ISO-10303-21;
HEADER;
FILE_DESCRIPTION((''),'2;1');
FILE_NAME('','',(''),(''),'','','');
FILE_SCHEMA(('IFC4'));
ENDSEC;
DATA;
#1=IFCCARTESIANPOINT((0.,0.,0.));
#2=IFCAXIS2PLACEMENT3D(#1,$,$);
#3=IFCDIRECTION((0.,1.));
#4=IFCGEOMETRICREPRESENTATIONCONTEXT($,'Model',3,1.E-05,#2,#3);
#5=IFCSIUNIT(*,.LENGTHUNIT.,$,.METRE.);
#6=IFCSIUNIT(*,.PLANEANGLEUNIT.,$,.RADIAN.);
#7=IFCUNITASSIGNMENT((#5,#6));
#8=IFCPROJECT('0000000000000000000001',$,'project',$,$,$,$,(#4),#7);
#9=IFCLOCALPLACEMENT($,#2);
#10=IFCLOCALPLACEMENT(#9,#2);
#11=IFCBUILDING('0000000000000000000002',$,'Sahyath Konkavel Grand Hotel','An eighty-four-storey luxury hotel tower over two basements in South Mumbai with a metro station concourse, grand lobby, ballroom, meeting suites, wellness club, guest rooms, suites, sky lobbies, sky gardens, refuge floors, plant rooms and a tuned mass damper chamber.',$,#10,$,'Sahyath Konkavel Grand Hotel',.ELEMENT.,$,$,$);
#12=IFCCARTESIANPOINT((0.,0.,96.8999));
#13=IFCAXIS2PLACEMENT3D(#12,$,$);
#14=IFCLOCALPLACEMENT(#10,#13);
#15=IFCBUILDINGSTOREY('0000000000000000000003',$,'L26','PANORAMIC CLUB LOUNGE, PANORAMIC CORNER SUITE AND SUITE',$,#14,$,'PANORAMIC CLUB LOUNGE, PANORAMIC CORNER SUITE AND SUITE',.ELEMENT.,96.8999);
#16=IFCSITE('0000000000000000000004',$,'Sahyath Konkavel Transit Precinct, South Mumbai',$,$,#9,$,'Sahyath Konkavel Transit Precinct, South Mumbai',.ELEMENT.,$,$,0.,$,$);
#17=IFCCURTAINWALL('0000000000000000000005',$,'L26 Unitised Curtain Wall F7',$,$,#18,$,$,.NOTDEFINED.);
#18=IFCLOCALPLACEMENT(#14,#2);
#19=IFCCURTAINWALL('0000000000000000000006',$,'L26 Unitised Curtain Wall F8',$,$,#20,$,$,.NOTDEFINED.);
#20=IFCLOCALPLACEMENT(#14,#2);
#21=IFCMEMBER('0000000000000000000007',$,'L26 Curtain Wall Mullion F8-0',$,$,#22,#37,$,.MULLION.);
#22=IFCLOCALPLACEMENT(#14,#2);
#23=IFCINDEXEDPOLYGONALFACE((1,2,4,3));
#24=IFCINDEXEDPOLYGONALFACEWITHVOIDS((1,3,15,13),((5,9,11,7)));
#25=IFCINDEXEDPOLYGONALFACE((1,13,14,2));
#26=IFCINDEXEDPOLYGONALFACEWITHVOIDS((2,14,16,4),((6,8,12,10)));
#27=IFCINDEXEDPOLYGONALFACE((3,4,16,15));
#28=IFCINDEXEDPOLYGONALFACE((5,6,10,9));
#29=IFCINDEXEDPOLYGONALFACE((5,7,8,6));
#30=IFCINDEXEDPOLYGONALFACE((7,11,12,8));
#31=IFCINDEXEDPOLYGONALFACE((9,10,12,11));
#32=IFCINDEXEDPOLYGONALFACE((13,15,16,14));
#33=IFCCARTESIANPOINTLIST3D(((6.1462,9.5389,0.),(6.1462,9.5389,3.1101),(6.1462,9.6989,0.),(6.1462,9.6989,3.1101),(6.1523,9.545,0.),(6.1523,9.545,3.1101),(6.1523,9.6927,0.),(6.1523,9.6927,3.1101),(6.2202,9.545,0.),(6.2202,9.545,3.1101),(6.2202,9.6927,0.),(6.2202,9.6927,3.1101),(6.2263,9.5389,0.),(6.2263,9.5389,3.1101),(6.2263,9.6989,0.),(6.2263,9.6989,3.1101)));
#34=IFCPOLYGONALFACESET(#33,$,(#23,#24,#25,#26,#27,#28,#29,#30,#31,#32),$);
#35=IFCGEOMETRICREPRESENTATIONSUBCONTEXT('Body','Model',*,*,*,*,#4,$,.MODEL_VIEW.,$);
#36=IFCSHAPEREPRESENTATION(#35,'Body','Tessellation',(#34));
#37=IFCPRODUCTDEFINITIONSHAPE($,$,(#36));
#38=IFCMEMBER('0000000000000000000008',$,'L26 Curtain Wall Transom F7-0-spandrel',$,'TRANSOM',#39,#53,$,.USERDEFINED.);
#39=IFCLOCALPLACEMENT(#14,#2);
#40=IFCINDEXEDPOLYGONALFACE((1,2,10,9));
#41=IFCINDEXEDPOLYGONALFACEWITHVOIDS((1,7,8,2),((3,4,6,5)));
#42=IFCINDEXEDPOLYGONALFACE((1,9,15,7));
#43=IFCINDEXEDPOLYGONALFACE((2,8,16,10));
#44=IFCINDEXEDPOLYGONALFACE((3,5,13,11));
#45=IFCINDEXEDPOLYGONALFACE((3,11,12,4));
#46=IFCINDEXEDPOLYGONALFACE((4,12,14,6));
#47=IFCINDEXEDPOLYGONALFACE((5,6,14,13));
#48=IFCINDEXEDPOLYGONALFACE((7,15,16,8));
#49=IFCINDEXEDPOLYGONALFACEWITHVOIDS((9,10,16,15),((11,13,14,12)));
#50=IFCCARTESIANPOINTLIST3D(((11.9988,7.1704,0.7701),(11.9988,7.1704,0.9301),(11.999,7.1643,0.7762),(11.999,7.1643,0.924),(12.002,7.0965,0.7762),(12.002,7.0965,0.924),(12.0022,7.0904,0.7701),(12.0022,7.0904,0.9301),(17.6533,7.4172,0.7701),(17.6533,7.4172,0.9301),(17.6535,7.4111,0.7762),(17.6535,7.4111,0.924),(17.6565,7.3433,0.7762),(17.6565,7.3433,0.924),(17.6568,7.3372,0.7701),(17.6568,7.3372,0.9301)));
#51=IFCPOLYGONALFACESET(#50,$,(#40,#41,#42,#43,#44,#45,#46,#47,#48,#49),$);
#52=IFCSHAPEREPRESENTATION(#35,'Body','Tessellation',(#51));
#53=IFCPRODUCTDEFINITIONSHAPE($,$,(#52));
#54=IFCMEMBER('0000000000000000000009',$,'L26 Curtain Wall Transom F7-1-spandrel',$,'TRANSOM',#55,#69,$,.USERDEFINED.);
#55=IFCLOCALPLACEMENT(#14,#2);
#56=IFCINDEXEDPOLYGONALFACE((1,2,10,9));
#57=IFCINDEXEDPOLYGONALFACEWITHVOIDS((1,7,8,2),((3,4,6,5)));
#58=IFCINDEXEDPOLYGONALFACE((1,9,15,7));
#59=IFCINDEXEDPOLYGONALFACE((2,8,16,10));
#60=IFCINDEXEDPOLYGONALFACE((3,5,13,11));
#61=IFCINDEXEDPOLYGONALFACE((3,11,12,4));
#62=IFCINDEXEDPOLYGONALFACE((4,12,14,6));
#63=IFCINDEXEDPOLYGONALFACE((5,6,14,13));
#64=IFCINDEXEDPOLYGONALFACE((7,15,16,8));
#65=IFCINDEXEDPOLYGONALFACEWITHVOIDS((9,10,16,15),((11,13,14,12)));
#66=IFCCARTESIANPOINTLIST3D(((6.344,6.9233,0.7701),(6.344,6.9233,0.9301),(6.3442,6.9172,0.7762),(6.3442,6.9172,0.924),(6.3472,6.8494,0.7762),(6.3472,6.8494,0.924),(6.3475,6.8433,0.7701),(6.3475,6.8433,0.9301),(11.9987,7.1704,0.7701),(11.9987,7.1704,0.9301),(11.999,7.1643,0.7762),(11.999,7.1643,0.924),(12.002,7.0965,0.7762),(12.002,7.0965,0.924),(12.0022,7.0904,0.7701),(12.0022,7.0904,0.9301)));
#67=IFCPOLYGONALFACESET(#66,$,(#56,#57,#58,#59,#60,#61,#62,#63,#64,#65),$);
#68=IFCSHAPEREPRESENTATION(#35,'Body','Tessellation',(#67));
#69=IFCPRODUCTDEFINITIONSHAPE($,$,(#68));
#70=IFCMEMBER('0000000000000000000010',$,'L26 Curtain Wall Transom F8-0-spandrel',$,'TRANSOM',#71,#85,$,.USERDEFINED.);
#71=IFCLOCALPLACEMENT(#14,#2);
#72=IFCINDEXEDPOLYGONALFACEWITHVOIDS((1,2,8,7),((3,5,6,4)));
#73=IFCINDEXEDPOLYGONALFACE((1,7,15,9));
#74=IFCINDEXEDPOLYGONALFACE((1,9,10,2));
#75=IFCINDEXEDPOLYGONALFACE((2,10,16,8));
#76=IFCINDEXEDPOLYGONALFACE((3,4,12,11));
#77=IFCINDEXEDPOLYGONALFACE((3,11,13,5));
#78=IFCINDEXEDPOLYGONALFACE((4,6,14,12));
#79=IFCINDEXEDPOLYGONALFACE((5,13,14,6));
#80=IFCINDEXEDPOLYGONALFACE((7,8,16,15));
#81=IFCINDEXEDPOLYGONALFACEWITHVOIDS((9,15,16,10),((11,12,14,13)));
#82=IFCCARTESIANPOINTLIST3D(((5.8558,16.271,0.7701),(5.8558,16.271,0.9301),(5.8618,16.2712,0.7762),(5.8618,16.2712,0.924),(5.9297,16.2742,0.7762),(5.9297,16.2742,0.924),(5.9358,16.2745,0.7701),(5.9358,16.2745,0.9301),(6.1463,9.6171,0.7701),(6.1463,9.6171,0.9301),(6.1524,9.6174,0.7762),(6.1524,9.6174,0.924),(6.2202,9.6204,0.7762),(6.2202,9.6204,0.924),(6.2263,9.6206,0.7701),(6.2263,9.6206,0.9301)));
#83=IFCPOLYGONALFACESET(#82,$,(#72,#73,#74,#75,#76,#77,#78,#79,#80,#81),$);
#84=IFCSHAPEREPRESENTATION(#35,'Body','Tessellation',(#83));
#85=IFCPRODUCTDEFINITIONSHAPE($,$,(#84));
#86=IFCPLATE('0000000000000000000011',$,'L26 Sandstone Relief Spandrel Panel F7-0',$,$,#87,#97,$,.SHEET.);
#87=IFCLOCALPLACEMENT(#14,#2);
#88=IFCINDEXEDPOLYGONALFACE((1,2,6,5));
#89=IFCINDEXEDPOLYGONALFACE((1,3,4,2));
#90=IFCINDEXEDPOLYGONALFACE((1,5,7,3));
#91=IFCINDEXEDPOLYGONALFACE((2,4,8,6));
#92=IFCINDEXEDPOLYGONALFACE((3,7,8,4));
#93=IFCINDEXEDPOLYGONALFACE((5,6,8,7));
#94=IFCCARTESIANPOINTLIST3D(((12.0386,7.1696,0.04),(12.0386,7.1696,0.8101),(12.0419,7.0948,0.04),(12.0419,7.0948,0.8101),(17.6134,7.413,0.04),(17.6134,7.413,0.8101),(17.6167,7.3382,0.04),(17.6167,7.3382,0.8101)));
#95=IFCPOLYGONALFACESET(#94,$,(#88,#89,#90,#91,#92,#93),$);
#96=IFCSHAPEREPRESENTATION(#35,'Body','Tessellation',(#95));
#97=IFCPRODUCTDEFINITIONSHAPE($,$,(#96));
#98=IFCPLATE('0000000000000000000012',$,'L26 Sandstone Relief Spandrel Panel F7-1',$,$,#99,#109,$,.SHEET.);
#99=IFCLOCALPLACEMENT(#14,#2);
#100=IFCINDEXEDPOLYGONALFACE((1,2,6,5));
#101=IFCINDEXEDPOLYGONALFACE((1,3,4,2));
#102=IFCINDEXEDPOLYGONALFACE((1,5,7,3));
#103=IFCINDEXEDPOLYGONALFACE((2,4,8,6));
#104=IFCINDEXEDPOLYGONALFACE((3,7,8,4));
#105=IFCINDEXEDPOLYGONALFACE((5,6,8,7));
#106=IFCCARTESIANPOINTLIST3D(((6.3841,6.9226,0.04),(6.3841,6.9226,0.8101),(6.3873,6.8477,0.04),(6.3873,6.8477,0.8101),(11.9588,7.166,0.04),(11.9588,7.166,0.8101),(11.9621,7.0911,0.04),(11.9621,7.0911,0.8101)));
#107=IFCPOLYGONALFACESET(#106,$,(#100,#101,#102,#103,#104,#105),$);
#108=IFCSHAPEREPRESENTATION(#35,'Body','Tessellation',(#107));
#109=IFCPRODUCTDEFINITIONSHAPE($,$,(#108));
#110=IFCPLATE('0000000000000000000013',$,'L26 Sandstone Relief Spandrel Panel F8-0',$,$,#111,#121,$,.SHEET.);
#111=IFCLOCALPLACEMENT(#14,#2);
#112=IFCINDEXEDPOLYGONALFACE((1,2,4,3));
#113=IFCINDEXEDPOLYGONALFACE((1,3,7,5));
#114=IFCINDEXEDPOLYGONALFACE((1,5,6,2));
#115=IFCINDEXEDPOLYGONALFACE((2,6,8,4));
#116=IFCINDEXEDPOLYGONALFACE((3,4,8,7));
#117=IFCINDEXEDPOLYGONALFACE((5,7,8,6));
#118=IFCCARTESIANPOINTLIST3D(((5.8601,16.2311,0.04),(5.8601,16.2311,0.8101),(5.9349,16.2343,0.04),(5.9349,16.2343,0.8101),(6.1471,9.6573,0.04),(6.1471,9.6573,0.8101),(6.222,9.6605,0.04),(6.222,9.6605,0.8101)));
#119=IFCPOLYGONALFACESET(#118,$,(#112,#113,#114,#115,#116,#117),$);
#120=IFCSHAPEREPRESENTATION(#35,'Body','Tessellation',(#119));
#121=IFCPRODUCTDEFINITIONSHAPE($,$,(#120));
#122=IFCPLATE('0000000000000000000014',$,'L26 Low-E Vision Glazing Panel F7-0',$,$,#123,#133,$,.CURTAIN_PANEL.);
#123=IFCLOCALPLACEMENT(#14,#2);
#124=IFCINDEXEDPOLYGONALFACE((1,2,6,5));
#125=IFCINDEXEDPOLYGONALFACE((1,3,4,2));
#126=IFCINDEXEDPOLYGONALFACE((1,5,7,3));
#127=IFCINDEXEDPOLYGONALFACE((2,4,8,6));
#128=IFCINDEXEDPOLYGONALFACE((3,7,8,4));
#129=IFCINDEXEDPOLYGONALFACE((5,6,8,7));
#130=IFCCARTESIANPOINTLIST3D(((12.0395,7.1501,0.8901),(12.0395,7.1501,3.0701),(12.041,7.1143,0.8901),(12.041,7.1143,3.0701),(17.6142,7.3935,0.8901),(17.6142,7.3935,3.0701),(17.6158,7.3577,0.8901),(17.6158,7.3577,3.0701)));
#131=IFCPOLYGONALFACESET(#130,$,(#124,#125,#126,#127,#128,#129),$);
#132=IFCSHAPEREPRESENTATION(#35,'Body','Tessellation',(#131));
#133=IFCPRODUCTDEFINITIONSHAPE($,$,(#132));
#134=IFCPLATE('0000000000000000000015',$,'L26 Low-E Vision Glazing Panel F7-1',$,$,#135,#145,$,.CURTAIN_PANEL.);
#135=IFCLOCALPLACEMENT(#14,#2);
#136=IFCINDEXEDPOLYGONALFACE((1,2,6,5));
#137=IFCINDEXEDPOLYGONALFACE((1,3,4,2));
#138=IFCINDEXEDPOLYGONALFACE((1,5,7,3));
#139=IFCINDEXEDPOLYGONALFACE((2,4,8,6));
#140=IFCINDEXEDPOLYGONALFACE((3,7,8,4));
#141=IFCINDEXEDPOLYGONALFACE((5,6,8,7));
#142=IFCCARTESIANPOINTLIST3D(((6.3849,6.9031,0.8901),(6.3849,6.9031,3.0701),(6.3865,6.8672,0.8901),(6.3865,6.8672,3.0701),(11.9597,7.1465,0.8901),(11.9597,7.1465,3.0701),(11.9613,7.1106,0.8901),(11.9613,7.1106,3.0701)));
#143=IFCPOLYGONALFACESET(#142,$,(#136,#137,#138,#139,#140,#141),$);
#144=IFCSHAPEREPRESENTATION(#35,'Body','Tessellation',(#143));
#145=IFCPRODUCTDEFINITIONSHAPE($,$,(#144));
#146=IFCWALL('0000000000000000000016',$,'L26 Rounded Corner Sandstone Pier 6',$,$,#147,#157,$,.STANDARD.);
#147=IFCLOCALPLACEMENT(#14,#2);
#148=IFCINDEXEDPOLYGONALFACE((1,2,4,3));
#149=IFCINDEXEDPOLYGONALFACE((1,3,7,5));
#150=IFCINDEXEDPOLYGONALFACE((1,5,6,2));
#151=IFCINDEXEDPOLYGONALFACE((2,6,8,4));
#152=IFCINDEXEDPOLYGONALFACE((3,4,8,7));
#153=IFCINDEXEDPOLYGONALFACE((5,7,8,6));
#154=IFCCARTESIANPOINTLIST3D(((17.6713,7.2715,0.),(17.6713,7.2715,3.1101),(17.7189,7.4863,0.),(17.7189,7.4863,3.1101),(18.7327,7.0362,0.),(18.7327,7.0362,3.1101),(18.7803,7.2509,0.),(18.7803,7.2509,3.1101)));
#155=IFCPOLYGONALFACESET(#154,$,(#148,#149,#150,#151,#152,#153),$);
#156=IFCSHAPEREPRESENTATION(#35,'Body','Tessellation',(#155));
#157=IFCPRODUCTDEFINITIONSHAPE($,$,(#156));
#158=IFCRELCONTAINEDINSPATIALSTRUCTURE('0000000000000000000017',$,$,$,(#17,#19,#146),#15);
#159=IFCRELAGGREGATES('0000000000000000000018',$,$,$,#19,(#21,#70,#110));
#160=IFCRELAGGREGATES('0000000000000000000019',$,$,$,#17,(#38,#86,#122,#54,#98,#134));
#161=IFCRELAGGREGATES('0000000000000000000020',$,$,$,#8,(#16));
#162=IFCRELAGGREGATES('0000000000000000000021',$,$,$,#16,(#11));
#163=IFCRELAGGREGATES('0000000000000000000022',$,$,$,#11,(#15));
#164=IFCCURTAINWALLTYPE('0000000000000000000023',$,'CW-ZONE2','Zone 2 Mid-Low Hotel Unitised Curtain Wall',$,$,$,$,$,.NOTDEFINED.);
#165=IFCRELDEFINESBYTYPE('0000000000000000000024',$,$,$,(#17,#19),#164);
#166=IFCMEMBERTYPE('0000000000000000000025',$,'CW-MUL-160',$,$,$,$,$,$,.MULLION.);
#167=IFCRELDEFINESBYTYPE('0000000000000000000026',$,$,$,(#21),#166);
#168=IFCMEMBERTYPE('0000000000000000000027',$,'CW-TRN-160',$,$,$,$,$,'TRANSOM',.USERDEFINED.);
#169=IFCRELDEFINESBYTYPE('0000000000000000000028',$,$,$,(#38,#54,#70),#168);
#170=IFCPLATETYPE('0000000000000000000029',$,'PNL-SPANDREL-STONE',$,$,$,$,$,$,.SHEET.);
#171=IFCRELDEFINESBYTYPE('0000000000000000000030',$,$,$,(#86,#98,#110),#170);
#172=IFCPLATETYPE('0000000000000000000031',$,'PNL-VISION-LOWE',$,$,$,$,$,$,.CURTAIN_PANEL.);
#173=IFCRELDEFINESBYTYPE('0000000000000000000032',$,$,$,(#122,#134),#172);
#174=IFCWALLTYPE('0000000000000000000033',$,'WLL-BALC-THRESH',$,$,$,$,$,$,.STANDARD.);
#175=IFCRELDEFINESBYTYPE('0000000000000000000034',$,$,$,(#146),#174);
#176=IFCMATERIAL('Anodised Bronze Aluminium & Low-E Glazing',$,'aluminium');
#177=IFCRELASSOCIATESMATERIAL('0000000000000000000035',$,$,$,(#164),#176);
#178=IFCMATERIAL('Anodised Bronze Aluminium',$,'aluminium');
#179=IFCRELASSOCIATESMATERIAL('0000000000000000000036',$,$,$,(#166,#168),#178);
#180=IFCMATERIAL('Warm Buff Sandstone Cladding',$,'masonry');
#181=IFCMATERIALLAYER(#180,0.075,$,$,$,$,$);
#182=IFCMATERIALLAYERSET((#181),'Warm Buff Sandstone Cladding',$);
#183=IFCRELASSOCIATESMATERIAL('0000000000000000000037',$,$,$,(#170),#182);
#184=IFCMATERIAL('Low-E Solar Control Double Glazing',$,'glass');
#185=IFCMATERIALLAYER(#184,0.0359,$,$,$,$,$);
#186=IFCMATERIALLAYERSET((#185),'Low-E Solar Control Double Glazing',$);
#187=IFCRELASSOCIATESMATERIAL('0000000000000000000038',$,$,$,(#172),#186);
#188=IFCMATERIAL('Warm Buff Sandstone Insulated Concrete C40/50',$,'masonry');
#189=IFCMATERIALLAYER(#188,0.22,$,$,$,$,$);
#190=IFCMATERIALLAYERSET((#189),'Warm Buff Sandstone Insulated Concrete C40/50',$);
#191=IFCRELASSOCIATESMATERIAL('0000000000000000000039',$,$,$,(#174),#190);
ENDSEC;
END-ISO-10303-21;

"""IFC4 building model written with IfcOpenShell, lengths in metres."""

from ifc_helpers import new_model, si_unit, direction, frame, frame_2d, origin, origin_2d, place, context, subcontext, project, spatial, rectangle, hollow_rectangle, extrude, source, transform, mapped, material, layer, layer_set, material_profile, profile_set, type_object, element, aggregate, save


model = new_model("IFC4")

# Units and contexts
model_context = context("Model", 3, precision=1e-05, world=origin(), true_north=direction((0.0, 1.0)))
body_context = subcontext(model_context, "Body", "Model", "MODEL_VIEW")
ifc_project = project(units=[si_unit("LENGTHUNIT", "METRE"), si_unit("PLANEANGLEUNIT", "RADIAN")], contexts=[model_context])

# Site, building, storey
site_placement = place(None, origin())
site = spatial("IfcSite", under=ifc_project, at=site_placement, Name="Sahyath Konkavel Transit Precinct, South Mumbai", LongName="Sahyath Konkavel Transit Precinct, South Mumbai", CompositionType="ELEMENT", RefElevation=0.0)
building_placement = place(site_placement, origin())
building = spatial("IfcBuilding", under=site, at=building_placement, Name="Sahyath Konkavel Grand Hotel", Description="An eighty-four-storey luxury hotel tower over two basements in South Mumbai with a metro station concourse, grand lobby, ballroom, meeting suites, wellness club, guest rooms, suites, sky lobbies, sky gardens, refuge floors, plant rooms and a tuned mass damper chamber.", LongName="Sahyath Konkavel Grand Hotel", CompositionType="ELEMENT")
storey_placement = place(building_placement, frame((0.0, 0.0, 96.8999)))
storey = spatial("IfcBuildingStorey", under=building, at=storey_placement, Name="L26", Description="PANORAMIC CLUB LOUNGE, PANORAMIC CORNER SUITE AND SUITE", LongName="PANORAMIC CLUB LOUNGE, PANORAMIC CORNER SUITE AND SUITE", CompositionType="ELEMENT", Elevation=96.8999)

# Curtain wall
ifc_material_1 = material(Name="Anodised Bronze Aluminium & Low-E Glazing", Category="aluminium")
curtain_wall_type = type_object("IfcCurtainWallType", Name="CW-ZONE2", Description="Zone 2 Mid-Low Hotel Unitised Curtain Wall", PredefinedType="NOTDEFINED", material=ifc_material_1)
curtain_wall_1_placement = place(storey_placement, origin())
curtain_wall_1 = element("IfcCurtainWall", 1, at=curtain_wall_1_placement, inside=storey, type_object=curtain_wall_type, Name="L26 Unitised Curtain Wall F7", PredefinedType="NOTDEFINED")
ifc_material_2 = material(Name="Anodised Bronze Aluminium", Category="aluminium")
ifc_material_profile_1 = material_profile(ifc_material_2, hollow_rectangle(XDim=0.0801, YDim=0.1599, WallThickness=0.0061, at=origin_2d()), Name="RHS 160x80x6")
ifc_profile_set_1 = profile_set([ifc_material_profile_1], Name="Anodised Bronze Aluminium")
member_type_1 = type_object("IfcMemberType", Name="CW-MUL-160", PredefinedType="MULLION", material=ifc_profile_set_1)
shared_shape_1 = source(origin(), body_context, "Body", "SweptSolid", [
    extrude(hollow_rectangle(XDim=0.0801, YDim=0.1599, WallThickness=0.0061, at=origin_2d()), origin(), (0.0, 0.0, 1.0), 3.1101),
])

# Curtain wall, member
curtain_wall_2_placement = place(storey_placement, origin())
curtain_wall_2 = element("IfcCurtainWall", 2, at=curtain_wall_2_placement, inside=storey, type_object=curtain_wall_type, Name="L26 Unitised Curtain Wall F8", PredefinedType="NOTDEFINED")
member_1_placement = place(storey_placement, frame((6.1863, 9.6189, 0.0), z_axis=(0.0, 0.0, 1.0), x_axis=(1.0, 0.0, 0.0)))
member_1 = element("IfcMember", 3, at=member_1_placement, type_object=member_type_1, Name="L26 Curtain Wall Mullion F8-0", PredefinedType="MULLION", context=body_context, shape_type="MappedRepresentation", body=[
    mapped(shared_shape_1, transform((0.0, 0.0, 0.0), scale=1.0)),
])

# Members
ifc_material_profile_2 = material_profile(ifc_material_2, hollow_rectangle(XDim=0.0801, YDim=0.1599, WallThickness=0.0061, at=origin_2d()), Name="RHS 160x80x6")
ifc_profile_set_2 = profile_set([ifc_material_profile_2], Name="Anodised Bronze Aluminium")
member_type_2 = type_object("IfcMemberType", Name="CW-TRN-160", ElementType="TRANSOM", PredefinedType="USERDEFINED", material=ifc_profile_set_2)
shared_shape_2 = source(origin(), body_context, "Body", "SweptSolid", [
    extrude(hollow_rectangle(XDim=0.0801, YDim=0.1599, WallThickness=0.0061, at=origin_2d()), origin(), (0.0, 0.0, 1.0), 5.6599),
])
member_2_placement = place(storey_placement, frame((17.655, 7.3772, 0.8501), z_axis=(-0.999049, -0.043609, 0.0), x_axis=(0.043609, -0.999049, 0.0)))
member_2 = element("IfcMember", 4, at=member_2_placement, type_object=member_type_2, Name="L26 Curtain Wall Transom F7-0-spandrel", ObjectType="TRANSOM", PredefinedType="USERDEFINED", context=body_context, shape_type="MappedRepresentation", body=[
    mapped(shared_shape_2, transform((0.0, 0.0, 0.0), scale=1.0)),
])
shared_shape_3 = source(origin(), body_context, "Body", "SweptSolid", [
    extrude(hollow_rectangle(XDim=0.0801, YDim=0.1599, WallThickness=0.0061, at=origin_2d()), origin(), (0.0, 0.0, 1.0), 5.6602),
])
member_3_placement = place(storey_placement, frame((12.0005, 7.1304, 0.8501), z_axis=(-0.999047, -0.043651, 0.0), x_axis=(0.043651, -0.999047, 0.0)))
member_3 = element("IfcMember", 5, at=member_3_placement, type_object=member_type_2, Name="L26 Curtain Wall Transom F7-1-spandrel", ObjectType="TRANSOM", PredefinedType="USERDEFINED", context=body_context, shape_type="MappedRepresentation", body=[
    mapped(shared_shape_3, transform((0.0, 0.0, 0.0), scale=1.0)),
])
shared_shape_4 = source(origin(), body_context, "Body", "SweptSolid", [
    extrude(hollow_rectangle(XDim=0.0801, YDim=0.1599, WallThickness=0.0061, at=origin_2d()), origin(), (0.0, 0.0, 1.0), 6.6602),
])
member_4_placement = place(storey_placement, frame((6.1863, 9.6189, 0.8501), z_axis=(-0.043622, 0.999048, 0.0), x_axis=(-0.999048, -0.043622, 0.0)))
member_4 = element("IfcMember", 6, at=member_4_placement, type_object=member_type_2, Name="L26 Curtain Wall Transom F8-0-spandrel", ObjectType="TRANSOM", PredefinedType="USERDEFINED", context=body_context, shape_type="MappedRepresentation", body=[
    mapped(shared_shape_4, transform((0.0, 0.0, 0.0), scale=1.0)),
])

# Plates
ifc_material_3 = material(Name="Warm Buff Sandstone Cladding", Category="masonry")
ifc_layer_1 = layer(ifc_material_3, 0.075)
ifc_layer_set_1 = layer_set([ifc_layer_1], Name="Warm Buff Sandstone Cladding")
plate_type_1 = type_object("IfcPlateType", Name="PNL-SPANDREL-STONE", PredefinedType="SHEET", material=ifc_layer_set_1)
shared_shape_5 = source(origin(), body_context, "Body", "SweptSolid", [
    extrude(rectangle(XDim=5.5801, YDim=0.075, at=origin_2d()), origin(), (0.0, 0.0, 1.0), 0.77),
])
plate_1_placement = place(storey_placement, frame((14.8276, 7.2539, 0.04), z_axis=(0.0, 0.0, 1.0), x_axis=(-0.999048, -0.043619, 0.0)))
plate_1 = element("IfcPlate", 7, at=plate_1_placement, type_object=plate_type_1, Name="L26 Sandstone Relief Spandrel Panel F7-0", PredefinedType="SHEET", context=body_context, shape_type="MappedRepresentation", body=[
    mapped(shared_shape_5, transform((0.0, 0.0, 0.0), scale=1.0)),
])
plate_2_placement = place(storey_placement, frame((9.1731, 7.0068, 0.04), z_axis=(0.0, 0.0, 1.0), x_axis=(-0.999048, -0.043619, 0.0)))
plate_2 = element("IfcPlate", 8, at=plate_2_placement, type_object=plate_type_1, Name="L26 Sandstone Relief Spandrel Panel F7-1", PredefinedType="SHEET", context=body_context, shape_type="MappedRepresentation", body=[
    mapped(shared_shape_5, transform((0.0, 0.0, 0.0), scale=1.0)),
])
shared_shape_6 = source(origin(), body_context, "Body", "SweptSolid", [
    extrude(rectangle(XDim=6.5801, YDim=0.075, at=origin_2d()), origin(), (0.0, 0.0, 1.0), 0.77),
])
plate_3_placement = place(storey_placement, frame((6.041, 12.9458, 0.04), z_axis=(0.0, 0.0, 1.0), x_axis=(-0.043619, 0.999048, 0.0)))
plate_3 = element("IfcPlate", 9, at=plate_3_placement, type_object=plate_type_1, Name="L26 Sandstone Relief Spandrel Panel F8-0", PredefinedType="SHEET", context=body_context, shape_type="MappedRepresentation", body=[
    mapped(shared_shape_6, transform((0.0, 0.0, 0.0), scale=1.0)),
])
aggregate(curtain_wall_2, [member_1, member_4, plate_3])
ifc_material_4 = material(Name="Low-E Solar Control Double Glazing", Category="glass")
ifc_layer_2 = layer(ifc_material_4, 0.0359)
ifc_layer_set_2 = layer_set([ifc_layer_2], Name="Low-E Solar Control Double Glazing")
plate_type_2 = type_object("IfcPlateType", Name="PNL-VISION-LOWE", PredefinedType="CURTAIN_PANEL", material=ifc_layer_set_2)
shared_shape_7 = source(origin(), body_context, "Body", "SweptSolid", [
    extrude(rectangle(XDim=5.5801, YDim=0.0359, at=origin_2d()), origin(), (0.0, 0.0, 1.0), 2.1799),
])
plate_4_placement = place(storey_placement, frame((14.8276, 7.2539, 0.8901), z_axis=(0.0, 0.0, 1.0), x_axis=(-0.999048, -0.043619, 0.0)))
plate_4 = element("IfcPlate", 10, at=plate_4_placement, type_object=plate_type_2, Name="L26 Low-E Vision Glazing Panel F7-0", PredefinedType="CURTAIN_PANEL", context=body_context, shape_type="MappedRepresentation", body=[
    mapped(shared_shape_7, transform((0.0, 0.0, 0.0), scale=1.0)),
])
plate_5_placement = place(storey_placement, frame((9.1731, 7.0068, 0.8901), z_axis=(0.0, 0.0, 1.0), x_axis=(-0.999048, -0.043619, 0.0)))
plate_5 = element("IfcPlate", 11, at=plate_5_placement, type_object=plate_type_2, Name="L26 Low-E Vision Glazing Panel F7-1", PredefinedType="CURTAIN_PANEL", context=body_context, shape_type="MappedRepresentation", body=[
    mapped(shared_shape_7, transform((0.0, 0.0, 0.0), scale=1.0)),
])
aggregate(curtain_wall_1, [member_2, plate_1, plate_4, member_3, plate_2, plate_5])

# Wall
ifc_material_5 = material(Name="Warm Buff Sandstone Insulated Concrete C40/50", Category="masonry")
ifc_layer_3 = layer(ifc_material_5, 0.22)
ifc_layer_set_3 = layer_set([ifc_layer_3], Name="Warm Buff Sandstone Insulated Concrete C40/50")
wall_type_1 = type_object("IfcWallType", Name="WLL-BALC-THRESH", PredefinedType="STANDARD", material=ifc_layer_set_3)
wall_1_placement = place(storey_placement, frame((18.7563, 7.1436, 0.0), z_axis=(0.0, 0.0, 1.0), x_axis=(-0.976282, 0.216502, 0.0)))
element("IfcWall", 12, at=wall_1_placement, inside=storey, type_object=wall_type_1, Name="L26 Rounded Corner Sandstone Pier 6", PredefinedType="STANDARD", context=body_context, shape_type="SweptSolid", body=[
    extrude(rectangle(XDim=1.0872, YDim=0.22, at=frame_2d((0.5435, 0.0))), origin(), (0.0, 0.0, 1.0), 3.1101),
])

save(model, "model.ifc")
